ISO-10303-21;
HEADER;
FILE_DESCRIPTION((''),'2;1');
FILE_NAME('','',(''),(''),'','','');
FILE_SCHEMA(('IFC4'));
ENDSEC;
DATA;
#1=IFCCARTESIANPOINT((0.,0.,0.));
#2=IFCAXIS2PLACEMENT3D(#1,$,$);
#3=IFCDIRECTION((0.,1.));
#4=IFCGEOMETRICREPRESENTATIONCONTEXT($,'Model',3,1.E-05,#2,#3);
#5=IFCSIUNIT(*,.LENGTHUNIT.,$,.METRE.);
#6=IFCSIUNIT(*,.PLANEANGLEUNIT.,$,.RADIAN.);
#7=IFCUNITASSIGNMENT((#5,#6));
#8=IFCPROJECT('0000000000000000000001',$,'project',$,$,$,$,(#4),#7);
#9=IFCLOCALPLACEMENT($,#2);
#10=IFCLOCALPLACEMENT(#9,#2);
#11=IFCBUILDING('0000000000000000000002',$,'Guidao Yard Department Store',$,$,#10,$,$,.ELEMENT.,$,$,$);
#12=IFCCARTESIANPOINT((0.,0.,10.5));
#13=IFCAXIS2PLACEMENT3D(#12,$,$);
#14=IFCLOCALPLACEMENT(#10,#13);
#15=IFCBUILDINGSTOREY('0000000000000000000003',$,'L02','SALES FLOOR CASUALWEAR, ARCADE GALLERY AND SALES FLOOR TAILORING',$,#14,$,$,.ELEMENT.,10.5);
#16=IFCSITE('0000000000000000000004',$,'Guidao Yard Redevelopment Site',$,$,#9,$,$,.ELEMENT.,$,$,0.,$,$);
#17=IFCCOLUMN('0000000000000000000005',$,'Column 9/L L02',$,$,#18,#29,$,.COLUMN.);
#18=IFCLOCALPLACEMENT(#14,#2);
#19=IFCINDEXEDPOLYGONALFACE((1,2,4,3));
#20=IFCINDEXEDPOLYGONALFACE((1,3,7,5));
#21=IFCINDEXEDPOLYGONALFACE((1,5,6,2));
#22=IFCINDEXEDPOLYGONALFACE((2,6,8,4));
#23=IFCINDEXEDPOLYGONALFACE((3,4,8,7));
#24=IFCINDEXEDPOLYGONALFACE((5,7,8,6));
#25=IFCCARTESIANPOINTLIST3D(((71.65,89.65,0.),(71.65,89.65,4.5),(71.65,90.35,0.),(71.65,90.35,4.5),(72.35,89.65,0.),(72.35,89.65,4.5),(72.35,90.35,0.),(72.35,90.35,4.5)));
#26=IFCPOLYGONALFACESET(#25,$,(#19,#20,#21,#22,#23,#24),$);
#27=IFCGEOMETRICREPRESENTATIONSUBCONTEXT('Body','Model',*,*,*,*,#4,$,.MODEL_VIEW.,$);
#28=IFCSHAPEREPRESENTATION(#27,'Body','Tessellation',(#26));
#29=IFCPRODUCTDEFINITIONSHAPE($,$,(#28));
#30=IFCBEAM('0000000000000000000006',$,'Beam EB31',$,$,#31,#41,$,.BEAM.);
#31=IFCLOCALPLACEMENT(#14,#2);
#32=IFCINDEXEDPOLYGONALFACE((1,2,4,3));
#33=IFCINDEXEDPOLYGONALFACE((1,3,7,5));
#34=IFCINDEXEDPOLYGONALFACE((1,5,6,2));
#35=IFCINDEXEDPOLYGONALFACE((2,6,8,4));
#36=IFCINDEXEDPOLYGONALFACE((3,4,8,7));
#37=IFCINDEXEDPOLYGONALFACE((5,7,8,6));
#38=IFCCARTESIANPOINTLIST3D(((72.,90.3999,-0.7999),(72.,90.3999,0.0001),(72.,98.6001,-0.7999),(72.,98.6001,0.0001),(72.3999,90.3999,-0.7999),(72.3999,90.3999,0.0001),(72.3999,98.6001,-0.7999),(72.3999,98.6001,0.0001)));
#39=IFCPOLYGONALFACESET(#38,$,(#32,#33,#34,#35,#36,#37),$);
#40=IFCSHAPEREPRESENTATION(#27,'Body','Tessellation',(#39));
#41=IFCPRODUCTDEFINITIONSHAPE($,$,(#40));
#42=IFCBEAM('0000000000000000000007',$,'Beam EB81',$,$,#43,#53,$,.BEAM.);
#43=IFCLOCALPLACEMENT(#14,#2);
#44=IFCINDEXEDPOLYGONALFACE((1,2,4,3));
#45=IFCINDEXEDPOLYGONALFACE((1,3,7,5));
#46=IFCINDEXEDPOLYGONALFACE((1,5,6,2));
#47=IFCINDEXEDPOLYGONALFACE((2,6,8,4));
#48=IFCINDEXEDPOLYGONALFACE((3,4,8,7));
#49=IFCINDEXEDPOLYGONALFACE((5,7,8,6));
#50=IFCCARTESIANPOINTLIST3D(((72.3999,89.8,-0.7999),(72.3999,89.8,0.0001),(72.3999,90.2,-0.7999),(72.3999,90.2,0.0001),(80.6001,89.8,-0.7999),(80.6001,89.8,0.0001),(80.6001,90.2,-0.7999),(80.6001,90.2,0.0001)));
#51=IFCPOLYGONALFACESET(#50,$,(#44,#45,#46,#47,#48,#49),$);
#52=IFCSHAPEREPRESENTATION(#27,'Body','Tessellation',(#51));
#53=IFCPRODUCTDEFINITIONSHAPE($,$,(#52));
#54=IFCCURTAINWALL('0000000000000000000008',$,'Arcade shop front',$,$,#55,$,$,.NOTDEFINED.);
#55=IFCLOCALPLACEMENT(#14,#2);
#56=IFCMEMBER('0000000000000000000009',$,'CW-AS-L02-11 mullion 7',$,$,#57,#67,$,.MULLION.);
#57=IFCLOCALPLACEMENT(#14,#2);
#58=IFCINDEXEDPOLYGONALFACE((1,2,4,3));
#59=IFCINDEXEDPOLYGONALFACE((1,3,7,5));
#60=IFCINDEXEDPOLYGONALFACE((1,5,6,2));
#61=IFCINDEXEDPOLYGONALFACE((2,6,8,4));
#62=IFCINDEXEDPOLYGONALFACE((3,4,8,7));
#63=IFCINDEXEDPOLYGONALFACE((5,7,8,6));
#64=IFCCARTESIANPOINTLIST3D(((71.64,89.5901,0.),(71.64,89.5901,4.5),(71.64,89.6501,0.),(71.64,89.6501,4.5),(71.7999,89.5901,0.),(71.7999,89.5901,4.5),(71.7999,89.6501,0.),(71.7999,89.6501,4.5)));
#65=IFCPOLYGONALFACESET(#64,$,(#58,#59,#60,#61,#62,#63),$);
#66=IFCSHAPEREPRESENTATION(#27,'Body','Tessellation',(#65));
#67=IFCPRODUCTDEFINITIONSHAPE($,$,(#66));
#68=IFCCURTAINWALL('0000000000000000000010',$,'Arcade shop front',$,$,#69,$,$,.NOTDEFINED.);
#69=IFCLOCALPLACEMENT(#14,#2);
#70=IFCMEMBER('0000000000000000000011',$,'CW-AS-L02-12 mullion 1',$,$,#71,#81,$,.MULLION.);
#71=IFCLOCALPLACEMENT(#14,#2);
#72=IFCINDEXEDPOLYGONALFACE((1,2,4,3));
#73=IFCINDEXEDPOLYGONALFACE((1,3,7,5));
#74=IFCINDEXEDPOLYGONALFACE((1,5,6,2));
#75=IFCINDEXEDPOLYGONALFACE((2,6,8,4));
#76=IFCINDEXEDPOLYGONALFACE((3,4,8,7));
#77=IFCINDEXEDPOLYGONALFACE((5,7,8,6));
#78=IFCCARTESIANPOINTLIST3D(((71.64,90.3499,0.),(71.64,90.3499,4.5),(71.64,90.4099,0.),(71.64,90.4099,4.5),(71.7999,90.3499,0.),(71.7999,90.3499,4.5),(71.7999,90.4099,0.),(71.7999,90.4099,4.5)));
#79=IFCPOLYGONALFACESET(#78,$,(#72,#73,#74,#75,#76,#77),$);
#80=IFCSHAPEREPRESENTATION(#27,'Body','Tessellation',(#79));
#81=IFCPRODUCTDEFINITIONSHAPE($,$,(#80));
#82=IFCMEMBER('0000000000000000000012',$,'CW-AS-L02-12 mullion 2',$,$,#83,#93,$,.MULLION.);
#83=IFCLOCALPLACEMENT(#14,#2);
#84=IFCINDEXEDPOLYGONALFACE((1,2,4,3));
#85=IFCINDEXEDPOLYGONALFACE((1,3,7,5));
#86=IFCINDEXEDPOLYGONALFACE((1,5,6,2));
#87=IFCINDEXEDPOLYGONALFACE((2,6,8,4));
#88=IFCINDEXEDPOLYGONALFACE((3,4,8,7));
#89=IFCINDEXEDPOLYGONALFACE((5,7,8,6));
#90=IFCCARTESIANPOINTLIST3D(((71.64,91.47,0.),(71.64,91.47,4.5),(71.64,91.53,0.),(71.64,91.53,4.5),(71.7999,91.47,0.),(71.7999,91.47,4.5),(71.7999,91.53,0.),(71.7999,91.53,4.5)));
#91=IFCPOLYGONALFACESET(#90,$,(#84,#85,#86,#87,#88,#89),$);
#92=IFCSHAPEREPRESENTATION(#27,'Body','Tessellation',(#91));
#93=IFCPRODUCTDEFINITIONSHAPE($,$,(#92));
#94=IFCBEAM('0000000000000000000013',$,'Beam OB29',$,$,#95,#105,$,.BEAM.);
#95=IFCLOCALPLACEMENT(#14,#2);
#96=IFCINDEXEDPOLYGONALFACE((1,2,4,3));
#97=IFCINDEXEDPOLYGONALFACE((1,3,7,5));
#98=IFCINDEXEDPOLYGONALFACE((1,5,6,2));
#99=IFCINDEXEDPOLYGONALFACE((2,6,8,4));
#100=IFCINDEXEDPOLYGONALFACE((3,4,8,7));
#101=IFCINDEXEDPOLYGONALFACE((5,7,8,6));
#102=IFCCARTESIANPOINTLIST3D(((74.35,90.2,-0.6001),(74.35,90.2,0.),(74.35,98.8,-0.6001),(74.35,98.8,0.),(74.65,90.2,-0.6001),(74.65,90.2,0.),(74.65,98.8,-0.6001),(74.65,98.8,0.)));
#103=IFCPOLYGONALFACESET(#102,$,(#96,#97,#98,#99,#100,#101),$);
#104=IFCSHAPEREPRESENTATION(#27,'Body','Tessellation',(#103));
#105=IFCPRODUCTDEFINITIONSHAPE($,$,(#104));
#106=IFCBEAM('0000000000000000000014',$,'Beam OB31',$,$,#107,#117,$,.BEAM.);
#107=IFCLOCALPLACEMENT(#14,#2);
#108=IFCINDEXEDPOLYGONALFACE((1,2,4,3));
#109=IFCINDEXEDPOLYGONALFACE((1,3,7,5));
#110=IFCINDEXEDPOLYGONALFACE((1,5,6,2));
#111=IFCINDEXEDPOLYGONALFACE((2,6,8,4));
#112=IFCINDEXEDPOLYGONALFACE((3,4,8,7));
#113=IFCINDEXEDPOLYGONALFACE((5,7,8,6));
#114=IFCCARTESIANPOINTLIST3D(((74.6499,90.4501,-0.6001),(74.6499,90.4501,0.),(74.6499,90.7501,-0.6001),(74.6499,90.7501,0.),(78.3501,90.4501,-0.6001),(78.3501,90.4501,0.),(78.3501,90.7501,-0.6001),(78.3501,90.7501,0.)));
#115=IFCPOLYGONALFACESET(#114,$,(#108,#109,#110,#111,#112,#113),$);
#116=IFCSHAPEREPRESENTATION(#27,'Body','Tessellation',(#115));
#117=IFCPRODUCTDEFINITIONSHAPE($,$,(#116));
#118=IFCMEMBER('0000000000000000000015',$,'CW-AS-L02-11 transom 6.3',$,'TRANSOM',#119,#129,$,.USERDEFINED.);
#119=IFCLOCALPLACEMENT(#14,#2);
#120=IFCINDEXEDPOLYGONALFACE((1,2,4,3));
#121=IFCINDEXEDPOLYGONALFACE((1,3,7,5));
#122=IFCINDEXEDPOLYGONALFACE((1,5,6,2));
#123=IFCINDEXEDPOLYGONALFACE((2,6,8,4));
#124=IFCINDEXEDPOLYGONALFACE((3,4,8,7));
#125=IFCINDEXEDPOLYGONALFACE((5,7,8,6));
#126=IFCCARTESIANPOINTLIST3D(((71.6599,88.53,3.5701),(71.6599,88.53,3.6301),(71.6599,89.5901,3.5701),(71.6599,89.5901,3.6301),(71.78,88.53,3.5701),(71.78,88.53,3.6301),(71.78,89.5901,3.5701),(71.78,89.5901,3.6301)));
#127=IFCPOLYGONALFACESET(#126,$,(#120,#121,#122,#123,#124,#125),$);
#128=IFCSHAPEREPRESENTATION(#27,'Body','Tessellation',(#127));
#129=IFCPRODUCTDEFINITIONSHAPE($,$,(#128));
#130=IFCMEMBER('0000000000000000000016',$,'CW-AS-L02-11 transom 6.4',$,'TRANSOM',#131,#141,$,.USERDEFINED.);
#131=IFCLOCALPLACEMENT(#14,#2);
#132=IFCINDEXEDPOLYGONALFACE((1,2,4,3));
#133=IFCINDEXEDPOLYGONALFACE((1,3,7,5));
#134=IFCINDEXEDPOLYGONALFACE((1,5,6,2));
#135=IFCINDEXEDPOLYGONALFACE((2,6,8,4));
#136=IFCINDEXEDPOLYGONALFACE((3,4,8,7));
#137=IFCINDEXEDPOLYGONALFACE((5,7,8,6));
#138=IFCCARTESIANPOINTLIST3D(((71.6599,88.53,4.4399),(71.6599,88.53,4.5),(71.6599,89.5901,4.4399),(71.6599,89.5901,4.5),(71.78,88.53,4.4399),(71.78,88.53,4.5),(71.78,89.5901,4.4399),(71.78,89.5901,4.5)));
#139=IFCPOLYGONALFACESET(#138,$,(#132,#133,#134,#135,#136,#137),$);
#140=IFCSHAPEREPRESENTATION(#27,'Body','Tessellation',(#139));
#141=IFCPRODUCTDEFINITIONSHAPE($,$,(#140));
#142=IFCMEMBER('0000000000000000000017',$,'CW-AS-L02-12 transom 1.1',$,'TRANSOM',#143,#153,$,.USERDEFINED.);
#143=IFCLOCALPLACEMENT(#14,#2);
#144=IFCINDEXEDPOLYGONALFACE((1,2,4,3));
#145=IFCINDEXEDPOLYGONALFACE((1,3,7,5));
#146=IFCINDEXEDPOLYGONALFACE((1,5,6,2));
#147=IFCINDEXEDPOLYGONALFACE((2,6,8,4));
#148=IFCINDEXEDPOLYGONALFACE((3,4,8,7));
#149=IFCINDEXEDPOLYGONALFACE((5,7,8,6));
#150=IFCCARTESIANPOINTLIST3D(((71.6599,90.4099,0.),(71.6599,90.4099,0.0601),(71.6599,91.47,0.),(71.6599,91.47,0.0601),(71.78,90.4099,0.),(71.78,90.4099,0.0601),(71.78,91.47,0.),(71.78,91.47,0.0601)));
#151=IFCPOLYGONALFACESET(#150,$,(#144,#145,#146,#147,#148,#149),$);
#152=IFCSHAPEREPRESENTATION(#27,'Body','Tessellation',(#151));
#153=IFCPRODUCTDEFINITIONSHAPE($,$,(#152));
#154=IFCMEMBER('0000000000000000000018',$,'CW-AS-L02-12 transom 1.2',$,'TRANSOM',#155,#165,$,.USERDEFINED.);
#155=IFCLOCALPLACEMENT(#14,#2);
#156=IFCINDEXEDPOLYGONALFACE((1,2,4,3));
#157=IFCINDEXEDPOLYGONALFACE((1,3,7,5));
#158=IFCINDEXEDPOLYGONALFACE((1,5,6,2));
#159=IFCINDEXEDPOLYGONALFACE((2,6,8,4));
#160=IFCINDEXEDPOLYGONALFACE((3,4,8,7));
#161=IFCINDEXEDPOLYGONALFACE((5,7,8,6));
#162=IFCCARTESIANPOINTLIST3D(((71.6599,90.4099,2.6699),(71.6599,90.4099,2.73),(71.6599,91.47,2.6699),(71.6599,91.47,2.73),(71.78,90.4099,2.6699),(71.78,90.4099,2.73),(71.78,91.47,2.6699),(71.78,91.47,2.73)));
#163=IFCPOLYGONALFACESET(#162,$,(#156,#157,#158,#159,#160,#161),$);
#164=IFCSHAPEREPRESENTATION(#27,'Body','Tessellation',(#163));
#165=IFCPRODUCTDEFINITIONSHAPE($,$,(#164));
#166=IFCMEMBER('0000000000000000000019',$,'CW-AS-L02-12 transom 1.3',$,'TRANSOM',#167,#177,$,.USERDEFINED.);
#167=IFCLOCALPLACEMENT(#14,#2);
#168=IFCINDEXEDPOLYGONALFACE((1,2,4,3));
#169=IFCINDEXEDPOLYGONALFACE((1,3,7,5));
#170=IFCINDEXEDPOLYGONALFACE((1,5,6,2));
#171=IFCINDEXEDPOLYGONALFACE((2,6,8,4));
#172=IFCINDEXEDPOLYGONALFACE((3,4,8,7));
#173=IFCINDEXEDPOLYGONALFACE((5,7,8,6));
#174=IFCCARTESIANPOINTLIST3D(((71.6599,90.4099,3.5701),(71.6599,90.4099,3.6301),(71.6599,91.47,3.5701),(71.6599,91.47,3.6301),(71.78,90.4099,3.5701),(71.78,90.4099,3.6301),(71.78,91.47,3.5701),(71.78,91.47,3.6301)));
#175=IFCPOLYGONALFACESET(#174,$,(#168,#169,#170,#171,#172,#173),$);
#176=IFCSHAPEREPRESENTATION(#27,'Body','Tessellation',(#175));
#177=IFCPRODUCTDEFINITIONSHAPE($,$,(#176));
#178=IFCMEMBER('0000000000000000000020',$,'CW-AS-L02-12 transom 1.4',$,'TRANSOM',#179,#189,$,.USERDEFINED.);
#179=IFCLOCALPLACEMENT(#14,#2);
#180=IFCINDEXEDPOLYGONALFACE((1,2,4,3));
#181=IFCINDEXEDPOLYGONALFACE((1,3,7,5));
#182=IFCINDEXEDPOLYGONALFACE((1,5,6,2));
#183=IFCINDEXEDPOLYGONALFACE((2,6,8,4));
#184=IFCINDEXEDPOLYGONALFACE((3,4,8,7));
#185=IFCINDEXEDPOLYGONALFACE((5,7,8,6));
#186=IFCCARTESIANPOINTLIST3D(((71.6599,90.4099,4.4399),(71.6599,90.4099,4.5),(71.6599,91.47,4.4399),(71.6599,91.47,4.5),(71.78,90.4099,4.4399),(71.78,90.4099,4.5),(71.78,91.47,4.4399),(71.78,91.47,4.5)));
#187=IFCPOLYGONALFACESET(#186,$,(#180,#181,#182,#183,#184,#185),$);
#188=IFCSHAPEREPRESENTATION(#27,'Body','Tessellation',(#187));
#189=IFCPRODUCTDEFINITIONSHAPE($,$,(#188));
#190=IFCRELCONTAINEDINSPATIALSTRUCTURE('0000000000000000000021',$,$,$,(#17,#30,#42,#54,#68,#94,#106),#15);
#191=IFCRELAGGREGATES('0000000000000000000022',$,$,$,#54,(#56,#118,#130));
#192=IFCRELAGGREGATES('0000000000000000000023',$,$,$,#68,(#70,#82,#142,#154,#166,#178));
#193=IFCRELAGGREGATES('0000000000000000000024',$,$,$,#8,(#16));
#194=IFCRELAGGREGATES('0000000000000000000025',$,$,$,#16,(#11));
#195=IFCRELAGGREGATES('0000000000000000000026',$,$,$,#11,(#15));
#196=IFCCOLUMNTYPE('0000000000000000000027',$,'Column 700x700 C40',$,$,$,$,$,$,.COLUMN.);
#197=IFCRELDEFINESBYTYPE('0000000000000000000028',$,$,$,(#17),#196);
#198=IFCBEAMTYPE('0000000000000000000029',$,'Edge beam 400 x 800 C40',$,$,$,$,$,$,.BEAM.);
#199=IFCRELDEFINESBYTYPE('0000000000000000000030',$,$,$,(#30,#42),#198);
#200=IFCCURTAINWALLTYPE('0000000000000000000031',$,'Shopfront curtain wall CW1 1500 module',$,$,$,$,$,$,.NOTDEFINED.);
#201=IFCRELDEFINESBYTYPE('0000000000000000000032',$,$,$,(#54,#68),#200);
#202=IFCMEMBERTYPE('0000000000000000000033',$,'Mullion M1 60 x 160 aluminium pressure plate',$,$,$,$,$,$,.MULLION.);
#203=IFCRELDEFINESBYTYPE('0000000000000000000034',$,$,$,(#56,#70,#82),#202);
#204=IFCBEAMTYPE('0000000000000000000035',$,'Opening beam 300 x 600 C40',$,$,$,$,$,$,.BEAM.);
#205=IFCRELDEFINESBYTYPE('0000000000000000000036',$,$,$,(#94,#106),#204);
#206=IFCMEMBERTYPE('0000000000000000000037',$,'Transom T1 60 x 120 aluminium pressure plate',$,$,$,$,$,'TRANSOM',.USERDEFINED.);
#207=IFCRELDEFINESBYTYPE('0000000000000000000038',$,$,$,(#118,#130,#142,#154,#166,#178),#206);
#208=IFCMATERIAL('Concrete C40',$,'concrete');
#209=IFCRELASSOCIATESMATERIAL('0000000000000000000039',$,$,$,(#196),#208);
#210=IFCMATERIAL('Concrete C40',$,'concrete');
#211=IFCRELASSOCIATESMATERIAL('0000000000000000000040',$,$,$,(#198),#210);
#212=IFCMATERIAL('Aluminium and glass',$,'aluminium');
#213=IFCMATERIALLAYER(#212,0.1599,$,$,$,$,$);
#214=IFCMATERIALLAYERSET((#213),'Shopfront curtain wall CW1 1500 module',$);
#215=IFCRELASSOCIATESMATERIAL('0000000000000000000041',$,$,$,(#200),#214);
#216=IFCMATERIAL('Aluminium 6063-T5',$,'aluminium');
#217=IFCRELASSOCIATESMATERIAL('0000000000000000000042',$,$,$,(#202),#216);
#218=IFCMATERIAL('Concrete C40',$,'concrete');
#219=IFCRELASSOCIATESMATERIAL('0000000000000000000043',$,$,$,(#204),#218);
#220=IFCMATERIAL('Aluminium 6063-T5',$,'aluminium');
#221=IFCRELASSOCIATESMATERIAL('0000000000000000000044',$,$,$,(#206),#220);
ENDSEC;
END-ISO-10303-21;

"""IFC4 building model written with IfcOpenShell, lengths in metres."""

from ifc_helpers import new_model, si_unit, direction, frame, origin, origin_2d, place, context, subcontext, project, spatial, rectangle, extrude, material, layer, layer_set, material_profile, profile_set, type_object, element, aggregate, save


model = new_model("IFC4")

# Units and contexts
model_context = context("Model", 3, precision=1e-05, world=origin(), true_north=direction((0.0, 1.0)))
body_context = subcontext(model_context, "Body", "Model", "MODEL_VIEW")
ifc_project = project(units=[si_unit("LENGTHUNIT", "METRE"), si_unit("PLANEANGLEUNIT", "RADIAN")], contexts=[model_context])

# Site, building, storey
site_placement = place(None, origin())
site = spatial("IfcSite", under=ifc_project, at=site_placement, Name="Guidao Yard Redevelopment Site", CompositionType="ELEMENT", RefElevation=0.0)
building_placement = place(site_placement, origin())
building = spatial("IfcBuilding", under=site, at=building_placement, Name="Guidao Yard Department Store", CompositionType="ELEMENT")
storey_placement = place(building_placement, frame((0.0, 0.0, 10.5)))
storey = spatial("IfcBuildingStorey", under=building, at=storey_placement, Name="L02", Description="SALES FLOOR CASUALWEAR, ARCADE GALLERY AND SALES FLOOR TAILORING", CompositionType="ELEMENT", Elevation=10.5)

# Column
ifc_material_1 = material(Name="Concrete C40", Category="concrete")
ifc_material_profile_1 = material_profile(ifc_material_1, rectangle(XDim=0.7, YDim=0.7, at=origin_2d()), Name="COL 700x700")
ifc_profile_set_1 = profile_set([ifc_material_profile_1], Name="Concrete C40")
column_type = type_object("IfcColumnType", Name="Column 700x700 C40", PredefinedType="COLUMN", material=ifc_profile_set_1)
column_placement = place(storey_placement, frame((72.0, 90.0, 0.0), z_axis=(0.0, 0.0, 1.0), x_axis=(1.0, 0.0, 0.0)))
element("IfcColumn", 1, at=column_placement, inside=storey, type_object=column_type, Name="Column 9/L L02", PredefinedType="COLUMN", context=body_context, shape_type="SweptSolid", body=[
    extrude(rectangle(XDim=0.7, YDim=0.7, at=origin_2d()), origin(), (0.0, 0.0, 1.0), 4.5),
])

# Beams
ifc_material_2 = material(Name="Concrete C40", Category="concrete")
ifc_material_profile_2 = material_profile(ifc_material_2, rectangle(XDim=0.3999, YDim=0.8, at=origin_2d()), Name="Edge beam 400 x 800 C40")
ifc_profile_set_2 = profile_set([ifc_material_profile_2], Name="Concrete C40")
beam_type_1 = type_object("IfcBeamType", Name="Edge beam 400 x 800 C40", PredefinedType="BEAM", material=ifc_profile_set_2)
for number, where, z_axis, x_axis, name in (
    (2, (72.2, 90.3999, -0.3999), (0.0, 1.0, 0.0), (-1.0, 0.0, 0.0), "Beam EB31"),
    (3, (72.3999, 90.0, -0.3999), (1.0, 0.0, 0.0), (0.0, 1.0, 0.0), "Beam EB81"),
):
    element("IfcBeam", number, at=place(storey_placement, frame(where, z_axis=z_axis, x_axis=x_axis)), inside=storey, type_object=beam_type_1, Name=name, PredefinedType="BEAM", context=body_context, shape_type="SweptSolid", body=[
        extrude(rectangle(XDim=0.3999, YDim=0.8, at=origin_2d()), origin(), (0.0, 0.0, 1.0), 8.2002),
    ])

# Curtain wall, member
ifc_material_3 = material(Name="Aluminium and glass", Category="aluminium")
ifc_layer_1 = layer(ifc_material_3, 0.1599)
ifc_layer_set_1 = layer_set([ifc_layer_1], Name="Shopfront curtain wall CW1 1500 module")
curtain_wall_type = type_object("IfcCurtainWallType", Name="Shopfront curtain wall CW1 1500 module", PredefinedType="NOTDEFINED", material=ifc_layer_set_1)
curtain_wall_1_placement = place(storey_placement, origin())
curtain_wall_1 = element("IfcCurtainWall", 4, at=curtain_wall_1_placement, inside=storey, type_object=curtain_wall_type, Name="Arcade shop front", PredefinedType="NOTDEFINED")
ifc_material_4 = material(Name="Aluminium 6063-T5", Category="aluminium")
ifc_material_profile_3 = material_profile(ifc_material_4, rectangle(XDim=0.0601, YDim=0.1599, at=origin_2d()), Name="Mullion M1 60 x 160 aluminium pressure plate")
ifc_profile_set_3 = profile_set([ifc_material_profile_3], Name="Aluminium 6063-T5")
member_type_1 = type_object("IfcMemberType", Name="Mullion M1 60 x 160 aluminium pressure plate", PredefinedType="MULLION", material=ifc_profile_set_3)
member_1_placement = place(storey_placement, frame((71.72, 89.6201, 0.0), z_axis=(0.0, 0.0, 1.0), x_axis=(0.0, 1.0, 0.0)))
member_1 = element("IfcMember", 5, at=member_1_placement, type_object=member_type_1, Name="CW-AS-L02-11 mullion 7", PredefinedType="MULLION", context=body_context, shape_type="SweptSolid", body=[
    extrude(rectangle(XDim=0.0601, YDim=0.1599, at=origin_2d()), origin(), (0.0, 0.0, 1.0), 4.5),
])

# Curtain wall, members
curtain_wall_2_placement = place(storey_placement, origin())
curtain_wall_2 = element("IfcCurtainWall", 6, at=curtain_wall_2_placement, inside=storey, type_object=curtain_wall_type, Name="Arcade shop front", PredefinedType="NOTDEFINED")
member_2_placement = place(storey_placement, frame((71.72, 90.3799, 0.0), z_axis=(0.0, 0.0, 1.0), x_axis=(0.0, 1.0, 0.0)))
member_2 = element("IfcMember", 7, at=member_2_placement, type_object=member_type_1, Name="CW-AS-L02-12 mullion 1", PredefinedType="MULLION", context=body_context, shape_type="SweptSolid", body=[
    extrude(rectangle(XDim=0.0601, YDim=0.1599, at=origin_2d()), origin(), (0.0, 0.0, 1.0), 4.5),
])
member_3_placement = place(storey_placement, frame((71.72, 91.5, 0.0), z_axis=(0.0, 0.0, 1.0), x_axis=(0.0, 1.0, 0.0)))
member_3 = element("IfcMember", 8, at=member_3_placement, type_object=member_type_1, Name="CW-AS-L02-12 mullion 2", PredefinedType="MULLION", context=body_context, shape_type="SweptSolid", body=[
    extrude(rectangle(XDim=0.0601, YDim=0.1599, at=origin_2d()), origin(), (0.0, 0.0, 1.0), 4.5),
])

# Beams
ifc_material_5 = material(Name="Concrete C40", Category="concrete")
ifc_material_profile_4 = material_profile(ifc_material_5, rectangle(XDim=0.3, YDim=0.6001, at=origin_2d()), Name="Opening beam 300 x 600 C40")
ifc_profile_set_4 = profile_set([ifc_material_profile_4], Name="Concrete C40")
beam_type_2 = type_object("IfcBeamType", Name="Opening beam 300 x 600 C40", PredefinedType="BEAM", material=ifc_profile_set_4)
beam_1_placement = place(storey_placement, frame((74.5, 90.2, -0.3), z_axis=(0.0, 1.0, 0.0), x_axis=(-1.0, 0.0, 0.0)))
element("IfcBeam", 9, at=beam_1_placement, inside=storey, type_object=beam_type_2, Name="Beam OB29", PredefinedType="BEAM", context=body_context, shape_type="SweptSolid", body=[
    extrude(rectangle(XDim=0.3, YDim=0.6001, at=origin_2d()), origin(), (0.0, 0.0, 1.0), 8.6001),
])
beam_2_placement = place(storey_placement, frame((74.6499, 90.6001, -0.3), z_axis=(1.0, 0.0, 0.0), x_axis=(0.0, 1.0, 0.0)))
element("IfcBeam", 10, at=beam_2_placement, inside=storey, type_object=beam_type_2, Name="Beam OB31", PredefinedType="BEAM", context=body_context, shape_type="SweptSolid", body=[
    extrude(rectangle(XDim=0.3, YDim=0.6001, at=origin_2d()), origin(), (0.0, 0.0, 1.0), 3.7002),
])

# Members
ifc_material_6 = material(Name="Aluminium 6063-T5", Category="aluminium")
ifc_material_profile_5 = material_profile(ifc_material_6, rectangle(XDim=0.1201, YDim=0.0601, at=origin_2d()), Name="Transom T1 60 x 120 aluminium pressure plate")
ifc_profile_set_5 = profile_set([ifc_material_profile_5], Name="Aluminium 6063-T5")
member_type_2 = type_object("IfcMemberType", Name="Transom T1 60 x 120 aluminium pressure plate", ElementType="TRANSOM", PredefinedType="USERDEFINED", material=ifc_profile_set_5)
member_4_placement = place(storey_placement, frame((71.72, 88.53, 3.6001), z_axis=(0.0, 1.0, 0.0), x_axis=(-1.0, 0.0, 0.0)))
member_4 = element("IfcMember", 11, at=member_4_placement, type_object=member_type_2, Name="CW-AS-L02-11 transom 6.3", ObjectType="TRANSOM", PredefinedType="USERDEFINED", context=body_context, shape_type="SweptSolid", body=[
    extrude(rectangle(XDim=0.1201, YDim=0.0601, at=origin_2d()), origin(), (0.0, 0.0, 1.0), 1.0601),
])
member_5_placement = place(storey_placement, frame((71.72, 88.53, 4.47), z_axis=(0.0, 1.0, 0.0), x_axis=(-1.0, 0.0, 0.0)))
member_5 = element("IfcMember", 12, at=member_5_placement, type_object=member_type_2, Name="CW-AS-L02-11 transom 6.4", ObjectType="TRANSOM", PredefinedType="USERDEFINED", context=body_context, shape_type="SweptSolid", body=[
    extrude(rectangle(XDim=0.1201, YDim=0.0601, at=origin_2d()), origin(), (0.0, 0.0, 1.0), 1.0601),
])
member_6_placement = place(storey_placement, frame((71.72, 90.4099, 0.03), z_axis=(0.0, 1.0, 0.0), x_axis=(-1.0, 0.0, 0.0)))
member_6 = element("IfcMember", 13, at=member_6_placement, type_object=member_type_2, Name="CW-AS-L02-12 transom 1.1", ObjectType="TRANSOM", PredefinedType="USERDEFINED", context=body_context, shape_type="SweptSolid", body=[
    extrude(rectangle(XDim=0.1201, YDim=0.0601, at=origin_2d()), origin(), (0.0, 0.0, 1.0), 1.0601),
])
member_7_placement = place(storey_placement, frame((71.72, 90.4099, 2.7), z_axis=(0.0, 1.0, 0.0), x_axis=(-1.0, 0.0, 0.0)))
member_7 = element("IfcMember", 14, at=member_7_placement, type_object=member_type_2, Name="CW-AS-L02-12 transom 1.2", ObjectType="TRANSOM", PredefinedType="USERDEFINED", context=body_context, shape_type="SweptSolid", body=[
    extrude(rectangle(XDim=0.1201, YDim=0.0601, at=origin_2d()), origin(), (0.0, 0.0, 1.0), 1.0601),
])
member_8_placement = place(storey_placement, frame((71.72, 90.4099, 3.6001), z_axis=(0.0, 1.0, 0.0), x_axis=(-1.0, 0.0, 0.0)))
member_8 = element("IfcMember", 15, at=member_8_placement, type_object=member_type_2, Name="CW-AS-L02-12 transom 1.3", ObjectType="TRANSOM", PredefinedType="USERDEFINED", context=body_context, shape_type="SweptSolid", body=[
    extrude(rectangle(XDim=0.1201, YDim=0.0601, at=origin_2d()), origin(), (0.0, 0.0, 1.0), 1.0601),
])
member_9_placement = place(storey_placement, frame((71.72, 90.4099, 4.47), z_axis=(0.0, 1.0, 0.0), x_axis=(-1.0, 0.0, 0.0)))
member_9 = element("IfcMember", 16, at=member_9_placement, type_object=member_type_2, Name="CW-AS-L02-12 transom 1.4", ObjectType="TRANSOM", PredefinedType="USERDEFINED", context=body_context, shape_type="SweptSolid", body=[
    extrude(rectangle(XDim=0.1201, YDim=0.0601, at=origin_2d()), origin(), (0.0, 0.0, 1.0), 1.0601),
])

aggregate(curtain_wall_1, [member_1, member_4, member_5])
aggregate(curtain_wall_2, [member_2, member_3, member_6, member_7, member_8, member_9])

save(model, "model.ifc")
